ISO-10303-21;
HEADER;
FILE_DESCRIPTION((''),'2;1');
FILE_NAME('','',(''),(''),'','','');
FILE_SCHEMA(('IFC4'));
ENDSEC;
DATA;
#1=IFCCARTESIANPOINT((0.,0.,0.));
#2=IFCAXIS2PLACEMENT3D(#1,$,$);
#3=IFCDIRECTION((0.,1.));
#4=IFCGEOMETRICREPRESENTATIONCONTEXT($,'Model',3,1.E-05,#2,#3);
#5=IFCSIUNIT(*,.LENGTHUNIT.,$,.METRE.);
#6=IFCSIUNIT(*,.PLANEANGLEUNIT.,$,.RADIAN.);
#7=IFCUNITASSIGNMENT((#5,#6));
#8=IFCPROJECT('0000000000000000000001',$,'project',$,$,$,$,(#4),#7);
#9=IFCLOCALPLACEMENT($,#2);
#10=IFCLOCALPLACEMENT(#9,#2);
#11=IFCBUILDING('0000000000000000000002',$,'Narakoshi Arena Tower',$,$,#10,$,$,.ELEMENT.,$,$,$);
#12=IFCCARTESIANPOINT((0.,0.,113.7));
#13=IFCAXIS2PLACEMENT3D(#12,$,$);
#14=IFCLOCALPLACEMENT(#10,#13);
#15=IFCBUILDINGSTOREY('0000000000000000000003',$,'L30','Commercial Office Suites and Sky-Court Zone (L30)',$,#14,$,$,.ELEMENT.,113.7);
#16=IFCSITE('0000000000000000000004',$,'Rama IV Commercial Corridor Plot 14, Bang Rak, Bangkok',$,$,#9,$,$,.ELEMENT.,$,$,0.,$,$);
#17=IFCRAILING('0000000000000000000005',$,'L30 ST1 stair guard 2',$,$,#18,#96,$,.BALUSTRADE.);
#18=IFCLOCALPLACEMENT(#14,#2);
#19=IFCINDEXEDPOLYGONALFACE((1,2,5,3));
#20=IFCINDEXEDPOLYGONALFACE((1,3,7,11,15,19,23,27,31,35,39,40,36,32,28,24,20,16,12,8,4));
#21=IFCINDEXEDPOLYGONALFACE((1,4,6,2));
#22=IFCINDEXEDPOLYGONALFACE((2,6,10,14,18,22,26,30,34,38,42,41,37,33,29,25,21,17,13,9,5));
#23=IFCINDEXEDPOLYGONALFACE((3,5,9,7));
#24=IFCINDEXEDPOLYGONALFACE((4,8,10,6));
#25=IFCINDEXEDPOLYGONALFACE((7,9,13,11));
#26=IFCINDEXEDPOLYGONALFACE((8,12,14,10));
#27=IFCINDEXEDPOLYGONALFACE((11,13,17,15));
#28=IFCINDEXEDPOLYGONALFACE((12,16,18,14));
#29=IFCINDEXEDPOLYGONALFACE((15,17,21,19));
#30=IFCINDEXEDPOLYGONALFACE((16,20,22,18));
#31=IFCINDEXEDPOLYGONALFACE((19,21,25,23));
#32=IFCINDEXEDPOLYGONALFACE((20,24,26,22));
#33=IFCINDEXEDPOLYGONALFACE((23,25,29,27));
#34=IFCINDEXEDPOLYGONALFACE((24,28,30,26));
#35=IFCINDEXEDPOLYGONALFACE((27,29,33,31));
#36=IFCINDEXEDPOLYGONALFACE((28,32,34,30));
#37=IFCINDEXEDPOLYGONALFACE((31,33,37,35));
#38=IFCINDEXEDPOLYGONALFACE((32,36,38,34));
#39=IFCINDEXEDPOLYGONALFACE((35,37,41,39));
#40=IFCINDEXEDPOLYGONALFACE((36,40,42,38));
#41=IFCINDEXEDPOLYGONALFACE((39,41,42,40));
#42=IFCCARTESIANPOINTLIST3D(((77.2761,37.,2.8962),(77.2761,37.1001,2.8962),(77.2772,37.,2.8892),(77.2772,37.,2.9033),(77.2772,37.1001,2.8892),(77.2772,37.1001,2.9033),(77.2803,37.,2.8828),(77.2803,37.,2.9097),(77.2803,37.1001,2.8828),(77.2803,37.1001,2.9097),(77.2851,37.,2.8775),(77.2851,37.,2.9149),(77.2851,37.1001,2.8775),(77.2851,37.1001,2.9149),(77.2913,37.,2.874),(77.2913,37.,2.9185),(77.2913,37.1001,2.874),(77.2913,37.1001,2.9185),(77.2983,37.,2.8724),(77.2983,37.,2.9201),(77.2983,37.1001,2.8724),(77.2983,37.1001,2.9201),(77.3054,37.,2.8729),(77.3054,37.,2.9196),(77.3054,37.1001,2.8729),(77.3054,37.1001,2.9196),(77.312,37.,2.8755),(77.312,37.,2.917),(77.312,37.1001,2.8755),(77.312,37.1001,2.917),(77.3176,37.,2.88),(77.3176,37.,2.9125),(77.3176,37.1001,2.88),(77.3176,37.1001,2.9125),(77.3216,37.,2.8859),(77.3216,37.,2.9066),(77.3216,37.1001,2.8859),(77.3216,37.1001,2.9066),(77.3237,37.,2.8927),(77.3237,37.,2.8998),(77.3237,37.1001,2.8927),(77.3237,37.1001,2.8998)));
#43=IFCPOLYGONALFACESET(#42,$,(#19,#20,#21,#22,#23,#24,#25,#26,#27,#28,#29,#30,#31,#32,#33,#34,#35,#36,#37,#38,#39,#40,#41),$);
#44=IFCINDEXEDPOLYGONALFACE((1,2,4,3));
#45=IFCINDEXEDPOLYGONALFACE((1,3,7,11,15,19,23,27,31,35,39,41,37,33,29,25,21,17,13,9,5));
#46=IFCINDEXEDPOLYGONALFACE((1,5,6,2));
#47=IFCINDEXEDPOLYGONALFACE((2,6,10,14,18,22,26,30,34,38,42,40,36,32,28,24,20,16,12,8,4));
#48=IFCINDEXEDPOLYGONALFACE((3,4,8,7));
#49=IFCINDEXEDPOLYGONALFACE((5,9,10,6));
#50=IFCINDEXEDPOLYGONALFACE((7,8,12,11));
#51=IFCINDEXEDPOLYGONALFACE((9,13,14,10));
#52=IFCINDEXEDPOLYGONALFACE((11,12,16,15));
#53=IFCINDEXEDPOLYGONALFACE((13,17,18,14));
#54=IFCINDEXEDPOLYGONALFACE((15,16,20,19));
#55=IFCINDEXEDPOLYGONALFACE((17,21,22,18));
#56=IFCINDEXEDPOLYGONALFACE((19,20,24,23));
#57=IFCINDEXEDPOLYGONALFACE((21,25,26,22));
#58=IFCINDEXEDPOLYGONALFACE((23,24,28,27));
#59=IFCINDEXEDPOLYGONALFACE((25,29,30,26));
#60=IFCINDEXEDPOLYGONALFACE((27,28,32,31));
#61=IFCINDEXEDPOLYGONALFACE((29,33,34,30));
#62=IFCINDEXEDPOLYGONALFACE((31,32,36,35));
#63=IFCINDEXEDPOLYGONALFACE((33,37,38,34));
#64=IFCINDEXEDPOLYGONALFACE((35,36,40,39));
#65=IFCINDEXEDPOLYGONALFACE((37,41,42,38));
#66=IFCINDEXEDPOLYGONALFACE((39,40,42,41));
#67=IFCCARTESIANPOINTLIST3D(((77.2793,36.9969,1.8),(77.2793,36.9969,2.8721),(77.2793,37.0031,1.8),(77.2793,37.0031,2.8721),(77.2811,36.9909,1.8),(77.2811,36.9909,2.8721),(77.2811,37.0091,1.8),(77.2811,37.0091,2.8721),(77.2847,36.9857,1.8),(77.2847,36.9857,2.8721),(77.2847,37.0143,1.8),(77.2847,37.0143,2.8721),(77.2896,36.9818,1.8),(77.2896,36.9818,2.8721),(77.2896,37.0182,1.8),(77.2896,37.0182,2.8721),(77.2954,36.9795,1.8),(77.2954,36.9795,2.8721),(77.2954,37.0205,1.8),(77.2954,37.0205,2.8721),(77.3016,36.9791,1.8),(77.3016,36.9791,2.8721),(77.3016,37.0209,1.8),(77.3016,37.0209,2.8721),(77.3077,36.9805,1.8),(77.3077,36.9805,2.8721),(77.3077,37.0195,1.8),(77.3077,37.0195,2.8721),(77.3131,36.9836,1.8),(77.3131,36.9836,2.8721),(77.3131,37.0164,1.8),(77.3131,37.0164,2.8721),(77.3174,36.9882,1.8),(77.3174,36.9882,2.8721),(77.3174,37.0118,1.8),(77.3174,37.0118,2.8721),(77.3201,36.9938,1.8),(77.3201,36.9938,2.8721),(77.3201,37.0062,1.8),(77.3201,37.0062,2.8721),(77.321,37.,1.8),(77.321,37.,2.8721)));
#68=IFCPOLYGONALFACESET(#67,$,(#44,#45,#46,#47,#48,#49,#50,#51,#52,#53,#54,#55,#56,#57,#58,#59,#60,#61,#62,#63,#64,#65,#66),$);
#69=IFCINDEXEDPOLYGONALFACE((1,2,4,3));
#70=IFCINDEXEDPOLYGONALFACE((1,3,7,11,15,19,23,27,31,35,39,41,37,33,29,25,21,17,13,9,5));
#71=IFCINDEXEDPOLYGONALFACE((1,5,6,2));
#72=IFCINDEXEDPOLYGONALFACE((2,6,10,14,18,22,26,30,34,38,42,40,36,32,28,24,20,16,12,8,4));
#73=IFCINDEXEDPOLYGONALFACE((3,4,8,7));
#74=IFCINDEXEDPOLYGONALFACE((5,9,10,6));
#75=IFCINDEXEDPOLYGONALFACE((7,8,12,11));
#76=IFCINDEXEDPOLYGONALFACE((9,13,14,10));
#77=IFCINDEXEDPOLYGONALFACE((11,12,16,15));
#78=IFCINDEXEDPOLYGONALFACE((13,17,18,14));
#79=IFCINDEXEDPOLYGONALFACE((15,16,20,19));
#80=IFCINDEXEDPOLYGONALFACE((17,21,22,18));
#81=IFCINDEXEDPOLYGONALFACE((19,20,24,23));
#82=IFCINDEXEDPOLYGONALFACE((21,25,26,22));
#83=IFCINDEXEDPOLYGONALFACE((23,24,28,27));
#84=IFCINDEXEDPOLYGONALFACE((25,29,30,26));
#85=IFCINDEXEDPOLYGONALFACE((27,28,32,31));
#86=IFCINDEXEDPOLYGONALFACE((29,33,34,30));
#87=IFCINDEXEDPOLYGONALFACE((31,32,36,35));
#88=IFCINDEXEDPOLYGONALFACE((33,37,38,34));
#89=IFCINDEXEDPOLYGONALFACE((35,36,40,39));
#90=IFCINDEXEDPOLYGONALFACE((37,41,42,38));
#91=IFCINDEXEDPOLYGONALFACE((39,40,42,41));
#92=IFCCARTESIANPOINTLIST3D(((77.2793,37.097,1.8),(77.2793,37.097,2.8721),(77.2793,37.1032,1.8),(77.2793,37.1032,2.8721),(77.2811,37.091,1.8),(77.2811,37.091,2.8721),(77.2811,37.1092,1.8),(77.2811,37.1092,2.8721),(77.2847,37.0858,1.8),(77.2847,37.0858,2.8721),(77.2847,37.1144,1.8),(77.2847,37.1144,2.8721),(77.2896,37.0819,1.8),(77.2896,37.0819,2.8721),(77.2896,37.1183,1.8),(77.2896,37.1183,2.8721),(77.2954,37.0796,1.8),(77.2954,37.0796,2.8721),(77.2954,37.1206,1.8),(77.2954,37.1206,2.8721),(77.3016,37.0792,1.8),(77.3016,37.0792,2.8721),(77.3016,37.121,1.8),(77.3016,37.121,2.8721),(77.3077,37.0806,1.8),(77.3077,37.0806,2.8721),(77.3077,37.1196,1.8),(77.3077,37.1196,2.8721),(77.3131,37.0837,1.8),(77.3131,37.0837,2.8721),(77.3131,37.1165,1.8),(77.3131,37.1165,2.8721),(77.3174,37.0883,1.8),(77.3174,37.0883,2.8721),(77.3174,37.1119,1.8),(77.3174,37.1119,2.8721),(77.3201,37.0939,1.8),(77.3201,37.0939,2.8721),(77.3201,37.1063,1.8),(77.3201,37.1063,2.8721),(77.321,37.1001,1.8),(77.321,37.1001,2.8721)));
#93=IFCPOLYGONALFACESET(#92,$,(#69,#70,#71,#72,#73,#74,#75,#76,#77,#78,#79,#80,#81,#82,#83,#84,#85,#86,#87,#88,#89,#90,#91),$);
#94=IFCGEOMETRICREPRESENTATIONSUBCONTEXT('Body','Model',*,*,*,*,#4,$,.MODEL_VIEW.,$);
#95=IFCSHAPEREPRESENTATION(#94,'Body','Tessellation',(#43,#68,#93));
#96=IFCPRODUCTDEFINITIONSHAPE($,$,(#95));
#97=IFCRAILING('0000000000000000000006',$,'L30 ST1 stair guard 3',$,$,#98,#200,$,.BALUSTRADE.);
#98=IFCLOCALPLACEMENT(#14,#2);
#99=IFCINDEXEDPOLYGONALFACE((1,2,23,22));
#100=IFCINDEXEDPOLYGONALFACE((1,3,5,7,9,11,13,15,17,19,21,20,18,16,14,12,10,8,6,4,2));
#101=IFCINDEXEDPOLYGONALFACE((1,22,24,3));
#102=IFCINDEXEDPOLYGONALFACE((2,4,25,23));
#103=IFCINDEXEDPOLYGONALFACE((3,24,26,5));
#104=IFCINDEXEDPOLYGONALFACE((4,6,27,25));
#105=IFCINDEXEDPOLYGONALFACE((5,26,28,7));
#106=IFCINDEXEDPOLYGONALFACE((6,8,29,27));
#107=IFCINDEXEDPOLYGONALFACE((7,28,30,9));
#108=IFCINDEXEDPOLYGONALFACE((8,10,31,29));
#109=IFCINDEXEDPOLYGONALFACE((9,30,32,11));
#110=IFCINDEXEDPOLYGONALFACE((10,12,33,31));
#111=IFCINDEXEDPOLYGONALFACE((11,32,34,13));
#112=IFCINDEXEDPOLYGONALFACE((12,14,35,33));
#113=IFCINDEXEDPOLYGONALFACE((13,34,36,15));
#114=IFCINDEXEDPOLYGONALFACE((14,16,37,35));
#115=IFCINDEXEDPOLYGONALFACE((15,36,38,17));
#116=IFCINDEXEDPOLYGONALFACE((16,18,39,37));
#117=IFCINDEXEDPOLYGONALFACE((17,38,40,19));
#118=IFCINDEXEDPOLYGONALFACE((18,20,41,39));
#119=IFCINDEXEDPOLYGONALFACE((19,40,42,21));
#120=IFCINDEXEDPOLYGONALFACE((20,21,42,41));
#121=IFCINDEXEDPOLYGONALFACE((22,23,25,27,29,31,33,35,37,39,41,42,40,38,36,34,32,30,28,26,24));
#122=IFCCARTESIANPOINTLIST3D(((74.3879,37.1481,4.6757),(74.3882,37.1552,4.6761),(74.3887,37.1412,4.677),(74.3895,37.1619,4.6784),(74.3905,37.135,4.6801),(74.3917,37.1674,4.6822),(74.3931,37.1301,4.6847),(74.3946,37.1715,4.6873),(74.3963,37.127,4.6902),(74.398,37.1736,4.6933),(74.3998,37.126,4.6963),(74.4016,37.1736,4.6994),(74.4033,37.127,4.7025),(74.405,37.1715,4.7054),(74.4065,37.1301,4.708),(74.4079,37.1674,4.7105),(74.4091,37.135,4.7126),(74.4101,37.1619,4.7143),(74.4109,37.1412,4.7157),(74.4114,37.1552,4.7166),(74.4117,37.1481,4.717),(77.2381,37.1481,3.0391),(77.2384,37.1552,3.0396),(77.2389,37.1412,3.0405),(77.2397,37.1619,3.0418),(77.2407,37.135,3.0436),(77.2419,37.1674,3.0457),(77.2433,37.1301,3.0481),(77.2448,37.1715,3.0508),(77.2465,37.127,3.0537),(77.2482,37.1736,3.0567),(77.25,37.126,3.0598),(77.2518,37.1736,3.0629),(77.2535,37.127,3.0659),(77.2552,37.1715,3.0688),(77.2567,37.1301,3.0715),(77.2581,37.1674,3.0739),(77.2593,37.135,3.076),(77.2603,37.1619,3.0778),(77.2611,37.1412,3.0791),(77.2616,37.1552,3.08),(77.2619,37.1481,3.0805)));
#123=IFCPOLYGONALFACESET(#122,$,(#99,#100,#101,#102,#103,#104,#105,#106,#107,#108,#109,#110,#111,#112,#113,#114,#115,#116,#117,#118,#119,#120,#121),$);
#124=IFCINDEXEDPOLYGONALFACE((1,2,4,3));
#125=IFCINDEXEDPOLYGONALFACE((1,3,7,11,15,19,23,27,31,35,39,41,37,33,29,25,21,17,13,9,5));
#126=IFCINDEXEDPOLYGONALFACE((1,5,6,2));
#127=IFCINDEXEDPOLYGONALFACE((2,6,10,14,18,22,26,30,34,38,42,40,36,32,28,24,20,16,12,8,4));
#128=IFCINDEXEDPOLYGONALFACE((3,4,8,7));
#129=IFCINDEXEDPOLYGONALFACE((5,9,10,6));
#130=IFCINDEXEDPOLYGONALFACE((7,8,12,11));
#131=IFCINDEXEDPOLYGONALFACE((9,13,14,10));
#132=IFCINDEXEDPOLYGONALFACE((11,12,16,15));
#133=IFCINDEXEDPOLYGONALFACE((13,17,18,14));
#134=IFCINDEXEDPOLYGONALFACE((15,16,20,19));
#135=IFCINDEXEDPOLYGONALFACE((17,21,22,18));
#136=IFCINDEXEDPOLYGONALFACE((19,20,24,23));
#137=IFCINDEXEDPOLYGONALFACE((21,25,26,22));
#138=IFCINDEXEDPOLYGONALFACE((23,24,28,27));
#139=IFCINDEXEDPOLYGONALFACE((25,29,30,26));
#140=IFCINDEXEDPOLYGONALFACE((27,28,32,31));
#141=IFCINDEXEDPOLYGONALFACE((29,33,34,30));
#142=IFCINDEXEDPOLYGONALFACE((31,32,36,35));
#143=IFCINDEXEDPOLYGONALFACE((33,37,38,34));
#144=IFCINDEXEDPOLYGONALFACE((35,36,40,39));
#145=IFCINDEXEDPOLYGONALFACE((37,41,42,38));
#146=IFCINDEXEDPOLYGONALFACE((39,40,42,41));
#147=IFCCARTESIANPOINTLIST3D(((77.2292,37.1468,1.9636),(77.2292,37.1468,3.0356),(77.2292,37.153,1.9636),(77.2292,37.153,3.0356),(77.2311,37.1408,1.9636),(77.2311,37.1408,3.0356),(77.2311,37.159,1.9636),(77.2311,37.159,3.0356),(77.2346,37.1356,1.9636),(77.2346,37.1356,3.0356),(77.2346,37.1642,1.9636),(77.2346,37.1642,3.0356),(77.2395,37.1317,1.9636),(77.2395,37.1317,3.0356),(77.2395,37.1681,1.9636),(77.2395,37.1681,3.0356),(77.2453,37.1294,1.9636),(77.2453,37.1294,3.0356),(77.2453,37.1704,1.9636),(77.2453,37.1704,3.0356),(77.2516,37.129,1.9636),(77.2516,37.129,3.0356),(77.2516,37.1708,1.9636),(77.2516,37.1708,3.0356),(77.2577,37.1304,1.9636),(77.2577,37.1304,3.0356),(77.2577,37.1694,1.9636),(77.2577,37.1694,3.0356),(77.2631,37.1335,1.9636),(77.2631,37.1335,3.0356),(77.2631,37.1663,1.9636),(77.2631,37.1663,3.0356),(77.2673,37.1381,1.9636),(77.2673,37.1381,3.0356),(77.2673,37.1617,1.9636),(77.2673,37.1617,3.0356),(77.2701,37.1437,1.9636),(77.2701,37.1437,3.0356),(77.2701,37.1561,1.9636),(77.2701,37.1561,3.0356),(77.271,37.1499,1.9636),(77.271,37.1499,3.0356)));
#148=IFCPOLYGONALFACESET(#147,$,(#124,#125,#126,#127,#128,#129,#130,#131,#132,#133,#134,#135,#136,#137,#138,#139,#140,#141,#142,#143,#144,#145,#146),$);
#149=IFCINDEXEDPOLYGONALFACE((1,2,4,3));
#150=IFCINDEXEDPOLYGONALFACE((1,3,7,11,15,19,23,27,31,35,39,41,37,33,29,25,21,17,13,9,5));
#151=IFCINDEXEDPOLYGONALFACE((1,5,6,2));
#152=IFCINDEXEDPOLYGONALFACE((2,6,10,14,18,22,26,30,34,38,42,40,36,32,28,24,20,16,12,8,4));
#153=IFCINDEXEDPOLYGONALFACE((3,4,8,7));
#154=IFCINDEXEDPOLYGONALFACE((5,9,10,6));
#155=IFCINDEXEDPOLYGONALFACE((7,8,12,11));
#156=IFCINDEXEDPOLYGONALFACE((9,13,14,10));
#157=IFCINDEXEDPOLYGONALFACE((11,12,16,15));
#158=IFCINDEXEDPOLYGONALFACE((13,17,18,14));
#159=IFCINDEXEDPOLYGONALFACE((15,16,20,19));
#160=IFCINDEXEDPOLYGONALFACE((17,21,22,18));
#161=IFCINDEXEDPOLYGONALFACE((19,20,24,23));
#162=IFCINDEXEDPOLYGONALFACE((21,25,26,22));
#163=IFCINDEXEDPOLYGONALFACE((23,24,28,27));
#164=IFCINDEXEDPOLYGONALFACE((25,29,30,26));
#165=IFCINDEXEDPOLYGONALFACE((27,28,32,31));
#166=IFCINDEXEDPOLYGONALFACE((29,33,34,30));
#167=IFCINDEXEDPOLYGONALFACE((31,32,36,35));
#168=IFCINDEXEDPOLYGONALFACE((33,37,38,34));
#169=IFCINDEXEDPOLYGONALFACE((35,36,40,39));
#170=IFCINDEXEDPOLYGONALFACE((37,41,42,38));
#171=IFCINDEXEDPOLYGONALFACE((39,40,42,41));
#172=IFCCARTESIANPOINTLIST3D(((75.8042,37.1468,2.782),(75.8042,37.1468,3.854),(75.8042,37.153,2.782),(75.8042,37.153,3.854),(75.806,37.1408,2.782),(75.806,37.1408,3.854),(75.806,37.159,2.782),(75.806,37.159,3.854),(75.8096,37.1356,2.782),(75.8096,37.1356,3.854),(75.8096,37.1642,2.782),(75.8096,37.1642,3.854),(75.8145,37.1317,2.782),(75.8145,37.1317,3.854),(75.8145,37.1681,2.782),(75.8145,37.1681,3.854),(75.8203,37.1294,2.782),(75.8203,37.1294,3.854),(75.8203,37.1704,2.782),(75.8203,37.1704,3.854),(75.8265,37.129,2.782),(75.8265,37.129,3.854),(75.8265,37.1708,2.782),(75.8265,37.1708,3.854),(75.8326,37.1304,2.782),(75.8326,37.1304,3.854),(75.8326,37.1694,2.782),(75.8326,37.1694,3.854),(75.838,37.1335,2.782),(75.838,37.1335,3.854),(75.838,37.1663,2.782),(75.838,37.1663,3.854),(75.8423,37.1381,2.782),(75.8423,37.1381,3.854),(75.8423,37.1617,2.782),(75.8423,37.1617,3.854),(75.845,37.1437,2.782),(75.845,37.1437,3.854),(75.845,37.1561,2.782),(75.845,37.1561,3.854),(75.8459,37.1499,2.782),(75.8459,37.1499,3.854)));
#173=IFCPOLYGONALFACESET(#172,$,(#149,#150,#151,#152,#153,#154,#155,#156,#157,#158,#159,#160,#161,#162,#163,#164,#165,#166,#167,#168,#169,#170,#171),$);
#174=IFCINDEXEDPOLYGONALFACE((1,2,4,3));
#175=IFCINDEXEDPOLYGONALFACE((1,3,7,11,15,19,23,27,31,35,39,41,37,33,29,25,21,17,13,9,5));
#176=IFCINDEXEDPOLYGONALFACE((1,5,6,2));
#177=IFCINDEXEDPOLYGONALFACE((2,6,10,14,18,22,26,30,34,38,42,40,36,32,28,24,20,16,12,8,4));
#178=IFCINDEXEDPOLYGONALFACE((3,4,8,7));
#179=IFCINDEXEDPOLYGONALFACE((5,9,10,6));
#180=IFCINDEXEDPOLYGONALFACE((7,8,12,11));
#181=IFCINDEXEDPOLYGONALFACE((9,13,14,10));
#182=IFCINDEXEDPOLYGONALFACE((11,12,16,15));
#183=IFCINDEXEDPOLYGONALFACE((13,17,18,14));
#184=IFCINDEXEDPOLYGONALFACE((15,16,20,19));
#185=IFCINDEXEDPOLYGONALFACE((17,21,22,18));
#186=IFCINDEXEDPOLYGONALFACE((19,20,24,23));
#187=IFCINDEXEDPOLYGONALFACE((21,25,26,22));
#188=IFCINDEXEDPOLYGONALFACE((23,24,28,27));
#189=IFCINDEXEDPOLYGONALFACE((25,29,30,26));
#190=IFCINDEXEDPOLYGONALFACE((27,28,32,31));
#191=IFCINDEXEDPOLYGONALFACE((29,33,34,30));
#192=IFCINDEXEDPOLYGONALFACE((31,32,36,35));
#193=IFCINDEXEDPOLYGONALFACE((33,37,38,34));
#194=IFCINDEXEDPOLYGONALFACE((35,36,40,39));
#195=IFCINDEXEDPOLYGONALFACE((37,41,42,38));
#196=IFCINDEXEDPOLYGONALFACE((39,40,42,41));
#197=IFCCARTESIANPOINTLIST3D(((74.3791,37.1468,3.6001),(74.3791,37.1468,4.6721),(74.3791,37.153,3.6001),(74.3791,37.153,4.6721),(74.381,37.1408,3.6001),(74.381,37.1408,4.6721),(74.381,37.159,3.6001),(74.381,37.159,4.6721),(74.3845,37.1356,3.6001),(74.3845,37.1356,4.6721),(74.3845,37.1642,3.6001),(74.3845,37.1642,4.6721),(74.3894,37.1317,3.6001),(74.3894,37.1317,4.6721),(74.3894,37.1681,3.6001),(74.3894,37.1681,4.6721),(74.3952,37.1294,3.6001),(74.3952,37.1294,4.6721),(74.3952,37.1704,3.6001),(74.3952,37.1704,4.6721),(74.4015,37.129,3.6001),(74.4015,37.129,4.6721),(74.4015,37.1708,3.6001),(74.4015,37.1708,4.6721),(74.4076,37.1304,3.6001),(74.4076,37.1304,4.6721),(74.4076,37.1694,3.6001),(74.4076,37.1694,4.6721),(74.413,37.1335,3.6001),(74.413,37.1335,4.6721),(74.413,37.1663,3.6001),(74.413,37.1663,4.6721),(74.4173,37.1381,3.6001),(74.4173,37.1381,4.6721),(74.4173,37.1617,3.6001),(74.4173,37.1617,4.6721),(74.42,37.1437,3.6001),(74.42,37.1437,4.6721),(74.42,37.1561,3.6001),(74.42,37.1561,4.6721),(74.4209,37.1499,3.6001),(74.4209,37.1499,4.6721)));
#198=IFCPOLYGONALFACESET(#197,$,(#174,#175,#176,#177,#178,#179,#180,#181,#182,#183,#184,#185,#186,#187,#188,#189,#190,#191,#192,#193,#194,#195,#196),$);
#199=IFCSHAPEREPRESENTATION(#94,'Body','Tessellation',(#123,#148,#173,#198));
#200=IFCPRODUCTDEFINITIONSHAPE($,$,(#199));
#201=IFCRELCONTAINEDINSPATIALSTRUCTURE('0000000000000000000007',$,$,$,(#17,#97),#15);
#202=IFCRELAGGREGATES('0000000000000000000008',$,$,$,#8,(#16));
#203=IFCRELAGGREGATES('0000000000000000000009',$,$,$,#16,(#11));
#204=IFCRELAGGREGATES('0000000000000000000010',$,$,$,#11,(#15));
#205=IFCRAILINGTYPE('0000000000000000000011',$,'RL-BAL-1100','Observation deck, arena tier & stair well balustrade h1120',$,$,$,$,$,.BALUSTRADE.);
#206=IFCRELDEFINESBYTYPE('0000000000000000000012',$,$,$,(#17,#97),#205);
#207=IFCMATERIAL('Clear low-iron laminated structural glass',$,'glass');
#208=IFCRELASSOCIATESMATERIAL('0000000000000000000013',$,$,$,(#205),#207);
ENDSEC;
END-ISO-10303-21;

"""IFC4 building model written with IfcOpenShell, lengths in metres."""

from ifc_helpers import new_model, si_unit, direction, frame, origin, origin_2d, place, context, subcontext, project, spatial, circle, extrude, material, type_object, element, save


model = new_model("IFC4")

# Units and contexts
model_context = context("Model", 3, precision=1e-05, world=origin(), true_north=direction((0.0, 1.0)))
body_context = subcontext(model_context, "Body", "Model", "MODEL_VIEW")
ifc_project = project(units=[si_unit("LENGTHUNIT", "METRE"), si_unit("PLANEANGLEUNIT", "RADIAN")], contexts=[model_context])

# Site, building, storey
site_placement = place(None, origin())
site = spatial("IfcSite", under=ifc_project, at=site_placement, Name="Rama IV Commercial Corridor Plot 14, Bang Rak, Bangkok", CompositionType="ELEMENT", RefElevation=0.0)
building_placement = place(site_placement, origin())
building = spatial("IfcBuilding", under=site, at=building_placement, Name="Narakoshi Arena Tower", CompositionType="ELEMENT")
storey_placement = place(building_placement, frame((0.0, 0.0, 113.7)))
storey = spatial("IfcBuildingStorey", under=building, at=storey_placement, Name="L30", Description="Commercial Office Suites and Sky-Court Zone (L30)", CompositionType="ELEMENT", Elevation=113.7)

# Railings
ifc_material_1 = material(Name="Clear low-iron laminated structural glass", Category="glass")
railing_type_1 = type_object("IfcRailingType", Name="RL-BAL-1100", Description="Observation deck, arena tier & stair well balustrade h1120", PredefinedType="BALUSTRADE", material=ifc_material_1)
railing_1_placement = place(storey_placement, frame((77.3, 37.0, 1.8)))
element("IfcRailing", 1, at=railing_1_placement, inside=storey, type_object=railing_type_1, Name="L30 ST1 stair guard 2", PredefinedType="BALUSTRADE", context=body_context, shape_type="SweptSolid", body=[
    extrude(circle(Radius=0.0239, at=origin_2d()), frame((0.0, 0.0, 1.0962), z_axis=(0.0, 1.0, 0.0), x_axis=(-1.0, 0.0, 0.0)), (0.0, 0.0, 1.0), 0.1001),
    extrude(circle(Radius=0.021, at=origin_2d()), origin(), (0.0, 0.0, 1.0), 1.072),
    extrude(circle(Radius=0.021, at=origin_2d()), frame((0.0, 0.1001, 0.0)), (0.0, 0.0, 1.0), 1.072),
])
railing_2_placement = place(storey_placement, frame((77.25, 37.1499, 1.9636)))
element("IfcRailing", 2, at=railing_2_placement, inside=storey, type_object=railing_type_1, Name="L30 ST1 stair guard 3", PredefinedType="BALUSTRADE", context=body_context, shape_type="SweptSolid", body=[
    extrude(circle(Radius=0.0239, at=origin_2d()), frame((0.0, 0.0, 1.0962), z_axis=(-0.867213, 0.0, 0.497938), x_axis=(0.0, -1.0, 0.0)), (0.0, 0.0, 1.0), 3.2866),
    extrude(circle(Radius=0.021, at=origin_2d()), origin(), (0.0, 0.0, 1.0), 1.072),
    extrude(circle(Radius=0.021, at=origin_2d()), frame((-1.425, 0.0, 0.8184)), (0.0, 0.0, 1.0), 1.072),
    extrude(circle(Radius=0.021, at=origin_2d()), frame((-2.8501, 0.0, 1.6365)), (0.0, 0.0, 1.0), 1.072),
])

save(model, "model.ifc")
